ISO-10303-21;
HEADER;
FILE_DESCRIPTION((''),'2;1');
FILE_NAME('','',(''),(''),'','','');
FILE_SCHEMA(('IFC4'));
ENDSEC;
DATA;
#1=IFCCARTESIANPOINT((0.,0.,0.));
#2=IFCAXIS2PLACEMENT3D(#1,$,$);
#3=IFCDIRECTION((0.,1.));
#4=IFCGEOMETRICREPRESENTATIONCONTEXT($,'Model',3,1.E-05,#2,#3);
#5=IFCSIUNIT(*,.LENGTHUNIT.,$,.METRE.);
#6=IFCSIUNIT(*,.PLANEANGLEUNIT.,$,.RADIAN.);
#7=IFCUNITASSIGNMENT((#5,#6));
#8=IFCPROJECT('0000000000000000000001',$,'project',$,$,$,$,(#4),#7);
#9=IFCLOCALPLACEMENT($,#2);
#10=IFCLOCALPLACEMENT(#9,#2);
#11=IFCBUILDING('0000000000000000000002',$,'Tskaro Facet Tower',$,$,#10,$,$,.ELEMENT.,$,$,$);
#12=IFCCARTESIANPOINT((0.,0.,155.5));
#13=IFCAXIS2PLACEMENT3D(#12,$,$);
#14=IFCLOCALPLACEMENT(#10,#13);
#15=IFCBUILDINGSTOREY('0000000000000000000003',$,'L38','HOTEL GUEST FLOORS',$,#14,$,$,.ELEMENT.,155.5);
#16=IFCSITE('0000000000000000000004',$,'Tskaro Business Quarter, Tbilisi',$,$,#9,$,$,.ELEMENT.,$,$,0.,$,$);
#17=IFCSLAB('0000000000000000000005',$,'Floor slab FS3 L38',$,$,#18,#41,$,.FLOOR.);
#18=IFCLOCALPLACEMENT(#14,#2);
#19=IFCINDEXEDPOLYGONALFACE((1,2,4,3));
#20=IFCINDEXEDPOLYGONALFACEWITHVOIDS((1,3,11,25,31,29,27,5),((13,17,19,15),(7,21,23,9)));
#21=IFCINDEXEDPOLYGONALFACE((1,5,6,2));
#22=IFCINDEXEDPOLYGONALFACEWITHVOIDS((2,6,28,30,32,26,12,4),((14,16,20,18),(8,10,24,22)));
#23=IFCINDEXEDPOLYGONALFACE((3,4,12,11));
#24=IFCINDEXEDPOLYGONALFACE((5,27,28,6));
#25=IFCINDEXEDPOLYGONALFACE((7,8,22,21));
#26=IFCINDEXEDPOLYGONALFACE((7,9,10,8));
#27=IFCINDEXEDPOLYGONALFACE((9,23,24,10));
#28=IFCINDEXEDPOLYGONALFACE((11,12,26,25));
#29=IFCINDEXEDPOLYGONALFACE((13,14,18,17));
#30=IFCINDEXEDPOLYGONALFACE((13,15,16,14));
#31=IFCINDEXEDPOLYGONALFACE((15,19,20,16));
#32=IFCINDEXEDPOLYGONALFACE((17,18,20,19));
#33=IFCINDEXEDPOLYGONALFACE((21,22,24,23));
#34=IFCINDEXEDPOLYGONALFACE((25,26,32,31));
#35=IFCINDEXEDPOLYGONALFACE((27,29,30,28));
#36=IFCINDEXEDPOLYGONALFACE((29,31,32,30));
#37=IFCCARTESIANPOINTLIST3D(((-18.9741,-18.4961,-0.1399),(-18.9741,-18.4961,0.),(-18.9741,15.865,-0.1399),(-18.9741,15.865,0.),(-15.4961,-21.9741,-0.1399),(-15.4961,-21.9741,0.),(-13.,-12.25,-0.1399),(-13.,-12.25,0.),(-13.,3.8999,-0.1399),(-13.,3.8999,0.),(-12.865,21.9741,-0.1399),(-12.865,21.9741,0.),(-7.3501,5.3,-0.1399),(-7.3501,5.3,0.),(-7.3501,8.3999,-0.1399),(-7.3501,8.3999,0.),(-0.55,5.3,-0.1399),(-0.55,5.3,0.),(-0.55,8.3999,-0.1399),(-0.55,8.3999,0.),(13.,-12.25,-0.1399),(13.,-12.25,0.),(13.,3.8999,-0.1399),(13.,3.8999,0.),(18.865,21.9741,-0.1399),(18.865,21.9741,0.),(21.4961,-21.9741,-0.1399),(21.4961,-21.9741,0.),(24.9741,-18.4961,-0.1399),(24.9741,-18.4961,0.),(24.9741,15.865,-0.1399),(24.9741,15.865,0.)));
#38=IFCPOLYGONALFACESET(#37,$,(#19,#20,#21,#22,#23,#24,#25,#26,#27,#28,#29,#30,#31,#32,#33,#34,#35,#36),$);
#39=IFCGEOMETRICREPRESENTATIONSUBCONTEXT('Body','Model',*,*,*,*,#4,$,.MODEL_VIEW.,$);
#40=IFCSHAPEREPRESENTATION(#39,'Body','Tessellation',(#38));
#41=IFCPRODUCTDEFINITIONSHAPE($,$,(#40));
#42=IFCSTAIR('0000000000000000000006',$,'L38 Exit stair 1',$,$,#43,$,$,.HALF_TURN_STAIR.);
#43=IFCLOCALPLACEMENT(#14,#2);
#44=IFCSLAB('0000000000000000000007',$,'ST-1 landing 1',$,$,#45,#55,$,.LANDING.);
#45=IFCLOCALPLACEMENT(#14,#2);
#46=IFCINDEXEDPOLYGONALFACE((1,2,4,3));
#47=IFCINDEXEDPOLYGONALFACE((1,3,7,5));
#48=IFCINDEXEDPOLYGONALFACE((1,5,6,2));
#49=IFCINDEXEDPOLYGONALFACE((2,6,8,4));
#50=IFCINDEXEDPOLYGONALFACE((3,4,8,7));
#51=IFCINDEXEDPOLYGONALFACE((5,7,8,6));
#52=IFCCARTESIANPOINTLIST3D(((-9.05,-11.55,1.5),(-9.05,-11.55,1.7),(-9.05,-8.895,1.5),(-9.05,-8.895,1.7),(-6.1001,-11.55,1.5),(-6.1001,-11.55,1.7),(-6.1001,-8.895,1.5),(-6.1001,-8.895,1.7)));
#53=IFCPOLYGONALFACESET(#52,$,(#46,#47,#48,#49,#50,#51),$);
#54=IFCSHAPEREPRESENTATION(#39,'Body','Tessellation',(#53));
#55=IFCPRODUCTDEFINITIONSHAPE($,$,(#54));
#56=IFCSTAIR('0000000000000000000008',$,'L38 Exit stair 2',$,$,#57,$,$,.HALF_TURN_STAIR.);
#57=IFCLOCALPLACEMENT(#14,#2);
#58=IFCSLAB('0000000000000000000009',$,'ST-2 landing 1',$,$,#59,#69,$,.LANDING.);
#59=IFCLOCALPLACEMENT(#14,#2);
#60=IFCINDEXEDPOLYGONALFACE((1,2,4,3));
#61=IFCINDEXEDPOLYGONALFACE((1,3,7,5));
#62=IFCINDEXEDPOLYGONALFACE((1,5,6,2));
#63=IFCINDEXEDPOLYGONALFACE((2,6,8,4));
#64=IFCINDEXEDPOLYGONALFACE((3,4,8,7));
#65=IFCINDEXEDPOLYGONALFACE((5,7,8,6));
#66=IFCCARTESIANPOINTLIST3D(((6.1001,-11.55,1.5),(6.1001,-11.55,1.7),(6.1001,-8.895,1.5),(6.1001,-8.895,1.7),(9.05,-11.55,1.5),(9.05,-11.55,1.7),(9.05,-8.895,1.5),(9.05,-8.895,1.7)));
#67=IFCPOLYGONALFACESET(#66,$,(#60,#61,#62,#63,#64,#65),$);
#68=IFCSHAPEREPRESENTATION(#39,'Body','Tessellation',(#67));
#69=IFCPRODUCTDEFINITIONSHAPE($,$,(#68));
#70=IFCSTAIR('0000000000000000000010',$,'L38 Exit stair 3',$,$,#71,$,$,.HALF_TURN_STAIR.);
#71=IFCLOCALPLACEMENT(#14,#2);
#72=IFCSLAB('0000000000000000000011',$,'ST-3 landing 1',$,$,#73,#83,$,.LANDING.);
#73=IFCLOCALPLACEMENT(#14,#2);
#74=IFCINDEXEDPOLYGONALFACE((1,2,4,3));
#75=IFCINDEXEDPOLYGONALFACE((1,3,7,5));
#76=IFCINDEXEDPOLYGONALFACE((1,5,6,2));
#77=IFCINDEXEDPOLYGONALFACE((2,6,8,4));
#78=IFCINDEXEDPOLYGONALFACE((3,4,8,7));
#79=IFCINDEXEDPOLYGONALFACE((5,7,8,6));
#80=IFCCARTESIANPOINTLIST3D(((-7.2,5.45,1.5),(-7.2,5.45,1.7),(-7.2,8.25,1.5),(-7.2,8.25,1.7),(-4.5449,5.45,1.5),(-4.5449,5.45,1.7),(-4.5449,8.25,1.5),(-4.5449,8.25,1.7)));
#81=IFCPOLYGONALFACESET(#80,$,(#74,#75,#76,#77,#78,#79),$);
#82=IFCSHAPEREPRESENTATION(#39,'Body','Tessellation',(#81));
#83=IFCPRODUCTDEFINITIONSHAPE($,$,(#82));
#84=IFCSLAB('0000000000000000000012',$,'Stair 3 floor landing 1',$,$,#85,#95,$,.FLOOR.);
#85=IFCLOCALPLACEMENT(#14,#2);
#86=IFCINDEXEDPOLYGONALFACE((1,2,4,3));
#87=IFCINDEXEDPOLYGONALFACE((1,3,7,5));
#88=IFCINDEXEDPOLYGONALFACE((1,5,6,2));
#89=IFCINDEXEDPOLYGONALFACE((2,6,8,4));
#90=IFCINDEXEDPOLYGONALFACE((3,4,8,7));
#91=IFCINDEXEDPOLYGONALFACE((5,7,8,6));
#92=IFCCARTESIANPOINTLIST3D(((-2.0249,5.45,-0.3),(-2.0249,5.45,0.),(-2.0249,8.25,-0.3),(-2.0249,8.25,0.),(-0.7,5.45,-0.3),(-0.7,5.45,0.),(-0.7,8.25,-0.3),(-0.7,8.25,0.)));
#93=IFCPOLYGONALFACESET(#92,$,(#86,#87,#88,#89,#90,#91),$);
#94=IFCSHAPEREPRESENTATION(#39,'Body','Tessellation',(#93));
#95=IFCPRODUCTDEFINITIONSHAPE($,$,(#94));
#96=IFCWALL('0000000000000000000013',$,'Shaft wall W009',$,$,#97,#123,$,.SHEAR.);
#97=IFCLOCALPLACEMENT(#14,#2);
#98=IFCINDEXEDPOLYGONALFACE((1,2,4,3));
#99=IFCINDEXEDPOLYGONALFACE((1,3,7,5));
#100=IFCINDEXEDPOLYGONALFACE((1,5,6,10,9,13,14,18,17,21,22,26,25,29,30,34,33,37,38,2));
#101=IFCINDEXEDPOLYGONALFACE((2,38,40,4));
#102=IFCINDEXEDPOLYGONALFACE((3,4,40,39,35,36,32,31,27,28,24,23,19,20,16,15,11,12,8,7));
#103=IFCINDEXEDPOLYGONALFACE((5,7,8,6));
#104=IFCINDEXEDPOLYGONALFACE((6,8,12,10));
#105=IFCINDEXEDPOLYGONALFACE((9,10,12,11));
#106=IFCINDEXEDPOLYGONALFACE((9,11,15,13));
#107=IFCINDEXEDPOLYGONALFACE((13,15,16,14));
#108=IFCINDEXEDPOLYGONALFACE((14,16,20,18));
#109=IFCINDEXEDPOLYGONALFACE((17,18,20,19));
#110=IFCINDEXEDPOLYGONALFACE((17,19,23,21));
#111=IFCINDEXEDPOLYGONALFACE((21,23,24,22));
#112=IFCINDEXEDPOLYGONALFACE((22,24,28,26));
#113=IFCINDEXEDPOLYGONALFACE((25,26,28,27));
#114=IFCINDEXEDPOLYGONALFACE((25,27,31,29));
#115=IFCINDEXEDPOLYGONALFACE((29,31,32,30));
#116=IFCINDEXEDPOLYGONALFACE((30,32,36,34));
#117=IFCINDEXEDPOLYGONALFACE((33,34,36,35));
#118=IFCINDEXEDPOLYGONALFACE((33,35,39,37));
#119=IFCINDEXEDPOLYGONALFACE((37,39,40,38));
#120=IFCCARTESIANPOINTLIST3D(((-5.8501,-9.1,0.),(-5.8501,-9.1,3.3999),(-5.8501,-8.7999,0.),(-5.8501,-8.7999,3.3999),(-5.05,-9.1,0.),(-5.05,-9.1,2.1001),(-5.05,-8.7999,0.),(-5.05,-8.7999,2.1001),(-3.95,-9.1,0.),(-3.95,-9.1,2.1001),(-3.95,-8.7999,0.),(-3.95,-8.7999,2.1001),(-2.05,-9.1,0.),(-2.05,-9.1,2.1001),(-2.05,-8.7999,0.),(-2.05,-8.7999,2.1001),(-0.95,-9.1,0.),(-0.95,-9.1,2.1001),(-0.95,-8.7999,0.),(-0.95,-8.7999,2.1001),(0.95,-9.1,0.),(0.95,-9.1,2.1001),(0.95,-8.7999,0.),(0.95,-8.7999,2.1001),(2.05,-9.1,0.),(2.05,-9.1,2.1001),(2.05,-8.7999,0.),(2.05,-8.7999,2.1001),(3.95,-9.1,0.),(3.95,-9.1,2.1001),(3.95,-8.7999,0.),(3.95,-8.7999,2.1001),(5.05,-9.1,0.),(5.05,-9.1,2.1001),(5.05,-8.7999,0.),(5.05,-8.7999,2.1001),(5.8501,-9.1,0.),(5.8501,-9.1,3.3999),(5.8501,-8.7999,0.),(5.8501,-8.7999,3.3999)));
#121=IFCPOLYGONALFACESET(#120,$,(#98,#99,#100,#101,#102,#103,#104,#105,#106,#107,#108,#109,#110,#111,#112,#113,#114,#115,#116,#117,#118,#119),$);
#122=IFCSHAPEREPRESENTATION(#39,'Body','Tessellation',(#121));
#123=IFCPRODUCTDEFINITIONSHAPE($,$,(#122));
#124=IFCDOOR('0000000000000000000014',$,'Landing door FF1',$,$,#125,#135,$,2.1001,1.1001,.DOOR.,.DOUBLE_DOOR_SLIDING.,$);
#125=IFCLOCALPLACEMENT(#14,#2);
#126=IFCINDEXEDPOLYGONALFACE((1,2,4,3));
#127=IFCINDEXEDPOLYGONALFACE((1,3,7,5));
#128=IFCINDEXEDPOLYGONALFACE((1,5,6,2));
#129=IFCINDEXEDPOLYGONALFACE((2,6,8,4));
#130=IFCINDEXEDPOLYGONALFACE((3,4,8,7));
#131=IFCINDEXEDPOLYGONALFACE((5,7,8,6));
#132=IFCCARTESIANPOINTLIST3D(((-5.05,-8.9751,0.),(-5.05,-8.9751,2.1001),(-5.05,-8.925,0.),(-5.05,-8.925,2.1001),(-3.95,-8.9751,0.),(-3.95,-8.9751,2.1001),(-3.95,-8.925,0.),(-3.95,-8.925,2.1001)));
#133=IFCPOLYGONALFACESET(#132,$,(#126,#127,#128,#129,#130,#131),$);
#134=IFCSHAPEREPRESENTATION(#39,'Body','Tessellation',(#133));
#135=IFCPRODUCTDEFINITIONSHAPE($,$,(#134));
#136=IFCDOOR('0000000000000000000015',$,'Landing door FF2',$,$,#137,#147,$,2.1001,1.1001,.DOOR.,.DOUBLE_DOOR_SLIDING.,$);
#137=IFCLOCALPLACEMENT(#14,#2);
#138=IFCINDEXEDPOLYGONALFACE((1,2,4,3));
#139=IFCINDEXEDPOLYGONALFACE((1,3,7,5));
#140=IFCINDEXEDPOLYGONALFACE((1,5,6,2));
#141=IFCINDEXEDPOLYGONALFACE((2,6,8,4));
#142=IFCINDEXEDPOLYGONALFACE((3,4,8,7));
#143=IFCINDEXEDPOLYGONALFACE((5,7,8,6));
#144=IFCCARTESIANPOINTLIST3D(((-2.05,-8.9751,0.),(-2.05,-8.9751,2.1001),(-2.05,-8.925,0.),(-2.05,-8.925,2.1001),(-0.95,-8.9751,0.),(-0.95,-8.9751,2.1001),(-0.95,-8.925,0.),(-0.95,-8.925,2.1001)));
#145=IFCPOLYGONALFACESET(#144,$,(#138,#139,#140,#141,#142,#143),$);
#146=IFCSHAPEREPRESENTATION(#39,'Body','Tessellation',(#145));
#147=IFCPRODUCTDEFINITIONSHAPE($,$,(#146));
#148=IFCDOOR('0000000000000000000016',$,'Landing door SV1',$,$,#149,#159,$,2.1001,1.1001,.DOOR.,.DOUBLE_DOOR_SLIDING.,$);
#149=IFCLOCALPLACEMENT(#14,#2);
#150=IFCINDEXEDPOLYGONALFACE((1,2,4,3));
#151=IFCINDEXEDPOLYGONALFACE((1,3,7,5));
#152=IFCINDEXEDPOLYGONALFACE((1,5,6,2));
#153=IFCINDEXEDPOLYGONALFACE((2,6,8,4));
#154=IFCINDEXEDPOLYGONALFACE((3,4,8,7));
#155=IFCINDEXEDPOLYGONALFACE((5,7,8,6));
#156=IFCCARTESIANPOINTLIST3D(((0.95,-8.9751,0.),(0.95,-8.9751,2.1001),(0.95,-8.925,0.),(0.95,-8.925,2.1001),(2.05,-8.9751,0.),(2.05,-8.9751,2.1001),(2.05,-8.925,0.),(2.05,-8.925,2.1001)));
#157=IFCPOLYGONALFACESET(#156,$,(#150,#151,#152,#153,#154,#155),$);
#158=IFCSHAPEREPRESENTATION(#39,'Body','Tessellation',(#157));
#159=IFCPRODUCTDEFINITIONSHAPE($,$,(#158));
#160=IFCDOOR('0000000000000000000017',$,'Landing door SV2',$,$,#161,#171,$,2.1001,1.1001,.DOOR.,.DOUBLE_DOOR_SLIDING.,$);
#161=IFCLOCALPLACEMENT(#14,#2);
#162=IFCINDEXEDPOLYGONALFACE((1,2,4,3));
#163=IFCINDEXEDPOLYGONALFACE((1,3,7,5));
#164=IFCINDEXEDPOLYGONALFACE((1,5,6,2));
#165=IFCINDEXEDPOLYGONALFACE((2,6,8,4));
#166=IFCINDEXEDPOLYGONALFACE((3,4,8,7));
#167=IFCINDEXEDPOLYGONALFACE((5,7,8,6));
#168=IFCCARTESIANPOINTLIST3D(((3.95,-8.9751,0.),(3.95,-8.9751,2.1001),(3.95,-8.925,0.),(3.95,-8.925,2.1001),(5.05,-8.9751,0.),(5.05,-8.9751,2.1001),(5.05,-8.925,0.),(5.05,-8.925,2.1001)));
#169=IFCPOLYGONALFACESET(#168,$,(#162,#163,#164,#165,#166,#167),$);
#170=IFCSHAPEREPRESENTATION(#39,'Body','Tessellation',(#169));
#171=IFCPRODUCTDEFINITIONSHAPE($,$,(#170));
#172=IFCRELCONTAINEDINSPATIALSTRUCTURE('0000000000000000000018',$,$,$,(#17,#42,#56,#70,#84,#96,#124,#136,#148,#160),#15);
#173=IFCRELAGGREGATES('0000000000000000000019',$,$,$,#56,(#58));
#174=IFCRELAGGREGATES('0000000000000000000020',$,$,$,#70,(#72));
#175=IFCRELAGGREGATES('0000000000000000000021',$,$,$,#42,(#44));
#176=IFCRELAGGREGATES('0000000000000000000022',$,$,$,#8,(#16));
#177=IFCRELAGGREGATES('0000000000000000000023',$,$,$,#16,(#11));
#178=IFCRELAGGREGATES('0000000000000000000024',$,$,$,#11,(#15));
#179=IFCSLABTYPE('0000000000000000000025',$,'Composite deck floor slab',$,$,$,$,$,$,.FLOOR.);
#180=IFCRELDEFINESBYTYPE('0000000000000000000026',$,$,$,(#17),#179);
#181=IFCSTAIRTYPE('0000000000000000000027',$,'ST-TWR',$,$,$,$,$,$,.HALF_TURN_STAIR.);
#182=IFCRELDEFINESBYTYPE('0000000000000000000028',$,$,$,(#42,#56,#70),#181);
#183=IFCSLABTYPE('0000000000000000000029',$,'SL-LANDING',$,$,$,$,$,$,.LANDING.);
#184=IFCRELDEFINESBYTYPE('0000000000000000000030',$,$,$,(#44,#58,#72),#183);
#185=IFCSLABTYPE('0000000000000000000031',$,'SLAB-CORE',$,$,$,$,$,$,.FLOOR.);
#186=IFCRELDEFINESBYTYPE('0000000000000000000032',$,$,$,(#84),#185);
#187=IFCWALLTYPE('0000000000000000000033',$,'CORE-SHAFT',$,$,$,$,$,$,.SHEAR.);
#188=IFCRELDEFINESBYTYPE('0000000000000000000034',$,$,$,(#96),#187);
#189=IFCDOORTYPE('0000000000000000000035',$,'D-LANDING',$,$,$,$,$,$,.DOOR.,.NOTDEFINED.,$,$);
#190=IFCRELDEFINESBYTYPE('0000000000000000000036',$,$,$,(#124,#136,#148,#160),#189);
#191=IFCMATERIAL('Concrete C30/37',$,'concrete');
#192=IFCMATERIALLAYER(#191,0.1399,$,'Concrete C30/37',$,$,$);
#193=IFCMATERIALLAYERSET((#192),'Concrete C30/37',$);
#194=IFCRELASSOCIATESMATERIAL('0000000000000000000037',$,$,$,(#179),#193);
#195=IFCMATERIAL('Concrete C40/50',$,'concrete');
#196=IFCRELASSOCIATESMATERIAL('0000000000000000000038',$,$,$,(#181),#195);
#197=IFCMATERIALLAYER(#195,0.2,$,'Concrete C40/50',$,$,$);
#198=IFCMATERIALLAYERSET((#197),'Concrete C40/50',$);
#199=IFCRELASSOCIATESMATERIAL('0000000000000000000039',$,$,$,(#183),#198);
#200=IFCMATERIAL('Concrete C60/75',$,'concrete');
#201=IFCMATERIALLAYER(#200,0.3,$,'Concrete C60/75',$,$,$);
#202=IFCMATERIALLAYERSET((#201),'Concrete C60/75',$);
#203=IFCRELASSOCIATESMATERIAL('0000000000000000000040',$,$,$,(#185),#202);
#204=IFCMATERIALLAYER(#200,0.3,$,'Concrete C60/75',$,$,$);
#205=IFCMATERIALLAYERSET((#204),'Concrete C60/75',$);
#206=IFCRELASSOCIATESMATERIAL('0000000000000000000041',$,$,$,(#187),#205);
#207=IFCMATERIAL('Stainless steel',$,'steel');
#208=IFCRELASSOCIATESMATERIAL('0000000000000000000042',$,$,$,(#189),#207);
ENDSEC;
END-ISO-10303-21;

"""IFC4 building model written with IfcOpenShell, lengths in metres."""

from ifc_helpers import new_model, si_unit, direction, frame, frame_2d, origin, place, context, subcontext, project, spatial, polyline, rectangle, outline, extrude, material, layer, layer_set, type_object, element, fill, aggregate, save


model = new_model("IFC4")

# Units and contexts
model_context = context("Model", 3, precision=1e-05, world=origin(), true_north=direction((0.0, 1.0)))
body_context = subcontext(model_context, "Body", "Model", "MODEL_VIEW")
ifc_project = project(units=[si_unit("LENGTHUNIT", "METRE"), si_unit("PLANEANGLEUNIT", "RADIAN")], contexts=[model_context])

# Site, building, storey
site_placement = place(None, origin())
site = spatial("IfcSite", under=ifc_project, at=site_placement, Name="Tskaro Business Quarter, Tbilisi", CompositionType="ELEMENT", RefElevation=0.0)
building_placement = place(site_placement, origin())
building = spatial("IfcBuilding", under=site, at=building_placement, Name="Tskaro Facet Tower", CompositionType="ELEMENT")
storey_placement = place(building_placement, frame((0.0, 0.0, 155.5)))
storey = spatial("IfcBuildingStorey", under=building, at=storey_placement, Name="L38", Description="HOTEL GUEST FLOORS", CompositionType="ELEMENT", Elevation=155.5)

# Slab
ifc_material_1 = material(Name="Concrete C30/37", Category="concrete")
ifc_layer_1 = layer(ifc_material_1, 0.1399, Name="Concrete C30/37")
ifc_layer_set_1 = layer_set([ifc_layer_1], Name="Concrete C30/37")
slab_type_1 = type_object("IfcSlabType", Name="Composite deck floor slab", PredefinedType="FLOOR", material=ifc_layer_set_1)
slab_1_placement = place(storey_placement, frame((0.0, 0.0, -0.1399)))
element("IfcSlab", 1, at=slab_1_placement, inside=storey, type_object=slab_type_1, Name="Floor slab FS3 L38", PredefinedType="FLOOR", context=body_context, shape_type="SweptSolid", body=[
    extrude(outline(polyline([(-15.4961, -21.9741), (21.4961, -21.9741), (24.9741, -18.4961), (24.9741, 15.865), (18.865, 21.9741), (-12.865, 21.9741), (-18.9741, 15.865), (-18.9741, -18.4961), (-15.4961, -21.9741)]), holes=[polyline([(-13.0, -12.25), (13.0, -12.25), (13.0, 3.8999), (-13.0, 3.8999), (-13.0, -12.25)]), polyline([(-7.3501, 5.3), (-0.55, 5.3), (-0.55, 8.3999), (-7.3501, 8.3999), (-7.3501, 5.3)])]), origin(), (0.0, 0.0, 1.0), 0.1399),
])

# Stairs, slabs
ifc_material_2 = material(Name="Concrete C40/50", Category="concrete")
stair_type = type_object("IfcStairType", Name="ST-TWR", PredefinedType="HALF_TURN_STAIR", material=ifc_material_2)
stair_1_placement = place(storey_placement, origin())
stair_1 = element("IfcStair", 2, at=stair_1_placement, inside=storey, type_object=stair_type, Name="L38 Exit stair 1", PredefinedType="HALF_TURN_STAIR")
ifc_layer_2 = layer(ifc_material_2, 0.2, Name="Concrete C40/50")
ifc_layer_set_2 = layer_set([ifc_layer_2], Name="Concrete C40/50")
slab_type_2 = type_object("IfcSlabType", Name="SL-LANDING", PredefinedType="LANDING", material=ifc_layer_set_2)
slab_2_placement = place(storey_placement, frame((0.0, 0.0, 1.5)))
slab_2 = element("IfcSlab", 3, at=slab_2_placement, type_object=slab_type_2, Name="ST-1 landing 1", PredefinedType="LANDING", context=body_context, shape_type="SweptSolid", body=[
    extrude(outline(polyline([(-9.05, -11.55), (-6.1001, -11.55), (-6.1001, -8.895), (-9.05, -8.895), (-9.05, -11.55)])), origin(), (0.0, 0.0, 1.0), 0.2),
])
stair_2_placement = place(storey_placement, origin())
stair_2 = element("IfcStair", 4, at=stair_2_placement, inside=storey, type_object=stair_type, Name="L38 Exit stair 2", PredefinedType="HALF_TURN_STAIR")
slab_3_placement = place(storey_placement, frame((0.0, 0.0, 1.5)))
slab_3 = element("IfcSlab", 5, at=slab_3_placement, type_object=slab_type_2, Name="ST-2 landing 1", PredefinedType="LANDING", context=body_context, shape_type="SweptSolid", body=[
    extrude(outline(polyline([(6.1001, -11.55), (9.05, -11.55), (9.05, -8.895), (6.1001, -8.895), (6.1001, -11.55)])), origin(), (0.0, 0.0, 1.0), 0.2),
])
aggregate(stair_2, [slab_3])
stair_3_placement = place(storey_placement, origin())
stair_3 = element("IfcStair", 6, at=stair_3_placement, inside=storey, type_object=stair_type, Name="L38 Exit stair 3", PredefinedType="HALF_TURN_STAIR")
slab_4_placement = place(storey_placement, frame((0.0, 0.0, 1.5)))
slab_4 = element("IfcSlab", 7, at=slab_4_placement, type_object=slab_type_2, Name="ST-3 landing 1", PredefinedType="LANDING", context=body_context, shape_type="SweptSolid", body=[
    extrude(outline(polyline([(-7.2, 5.45), (-4.5449, 5.45), (-4.5449, 8.25), (-7.2, 8.25), (-7.2, 5.45)])), origin(), (0.0, 0.0, 1.0), 0.2),
])
aggregate(stair_3, [slab_4])

# Slab
ifc_material_3 = material(Name="Concrete C60/75", Category="concrete")
ifc_layer_3 = layer(ifc_material_3, 0.3, Name="Concrete C60/75")
ifc_layer_set_3 = layer_set([ifc_layer_3], Name="Concrete C60/75")
slab_type_3 = type_object("IfcSlabType", Name="SLAB-CORE", PredefinedType="FLOOR", material=ifc_layer_set_3)
slab_5_placement = place(storey_placement, frame((0.0, 0.0, -0.3)))
element("IfcSlab", 8, at=slab_5_placement, inside=storey, type_object=slab_type_3, Name="Stair 3 floor landing 1", PredefinedType="FLOOR", context=body_context, shape_type="SweptSolid", body=[
    extrude(outline(polyline([(-2.0249, 5.45), (-0.7, 5.45), (-0.7, 8.25), (-2.0249, 8.25), (-2.0249, 5.45)])), origin(), (0.0, 0.0, 1.0), 0.3),
])

# Wall, openings, doors
ifc_layer_4 = layer(ifc_material_3, 0.3, Name="Concrete C60/75")
ifc_layer_set_4 = layer_set([ifc_layer_4], Name="Concrete C60/75")
wall_type_1 = type_object("IfcWallType", Name="CORE-SHAFT", PredefinedType="SHEAR", material=ifc_layer_set_4)
wall_1_placement = place(storey_placement, frame((-5.8501, -8.95, 0.0), z_axis=(0.0, 0.0, 1.0), x_axis=(1.0, 0.0, 0.0)))
wall_1 = element("IfcWall", 9, at=wall_1_placement, inside=storey, type_object=wall_type_1, Name="Shaft wall W009", PredefinedType="SHEAR", context=body_context, shape_type="SweptSolid", body=[
    extrude(rectangle(XDim=11.7002, YDim=0.3, at=frame_2d((5.8501, 0.0))), origin(), (0.0, 0.0, 1.0), 3.3999),
])
opening_1_placement = place(wall_1_placement, frame((0.8, 0.0, 0.0)))
opening_1 = element("IfcOpeningElement", 10, at=opening_1_placement, cuts=wall_1, PredefinedType="OPENING", context=body_context, shape_type="SweptSolid", body=[
    extrude(rectangle(XDim=1.1001, YDim=2.1001, at=frame_2d((0.55, 1.05))), frame((0.0, 0.1599, 0.0), z_axis=(0.0, -1.0, 0.0), x_axis=(1.0, 0.0, 0.0)), (0.0, 0.0, 1.0), 0.3201),
])
opening_2_placement = place(wall_1_placement, frame((3.8, 0.0, 0.0)))
opening_2 = element("IfcOpeningElement", 11, at=opening_2_placement, cuts=wall_1, PredefinedType="OPENING", context=body_context, shape_type="SweptSolid", body=[
    extrude(rectangle(XDim=1.1001, YDim=2.1001, at=frame_2d((0.55, 1.05))), frame((0.0, 0.1599, 0.0), z_axis=(0.0, -1.0, 0.0), x_axis=(1.0, 0.0, 0.0)), (0.0, 0.0, 1.0), 0.3201),
])
opening_3_placement = place(wall_1_placement, frame((6.8, 0.0, 0.0)))
opening_3 = element("IfcOpeningElement", 12, at=opening_3_placement, cuts=wall_1, PredefinedType="OPENING", context=body_context, shape_type="SweptSolid", body=[
    extrude(rectangle(XDim=1.1001, YDim=2.1001, at=frame_2d((0.55, 1.05))), frame((0.0, 0.1599, 0.0), z_axis=(0.0, -1.0, 0.0), x_axis=(1.0, 0.0, 0.0)), (0.0, 0.0, 1.0), 0.3201),
])
opening_4_placement = place(wall_1_placement, frame((9.8, 0.0, 0.0)))
opening_4 = element("IfcOpeningElement", 13, at=opening_4_placement, cuts=wall_1, PredefinedType="OPENING", context=body_context, shape_type="SweptSolid", body=[
    extrude(rectangle(XDim=1.1001, YDim=2.1001, at=frame_2d((0.55, 1.05))), frame((0.0, 0.1599, 0.0), z_axis=(0.0, -1.0, 0.0), x_axis=(1.0, 0.0, 0.0)), (0.0, 0.0, 1.0), 0.3201),
])
ifc_material_4 = material(Name="Stainless steel", Category="steel")
door_type_1 = type_object("IfcDoorType", Name="D-LANDING", OperationType="NOTDEFINED", PredefinedType="DOOR", material=ifc_material_4)
door_1_placement = place(opening_1_placement, origin())
door_1 = element("IfcDoor", 14, at=door_1_placement, inside=storey, type_object=door_type_1, Name="Landing door FF1", OperationType="DOUBLE_DOOR_SLIDING", OverallHeight=2.1001, OverallWidth=1.1001, PredefinedType="DOOR", context=body_context, shape_type="SweptSolid", body=[
    extrude(rectangle(XDim=1.1001, YDim=2.1001, at=frame_2d((0.55, 1.05))), frame((0.0, 0.0249, 0.0), z_axis=(0.0, -1.0, 0.0), x_axis=(1.0, 0.0, 0.0)), (0.0, 0.0, 1.0), 0.05),
])
fill(opening_1, door_1)
door_2_placement = place(opening_2_placement, origin())
door_2 = element("IfcDoor", 15, at=door_2_placement, inside=storey, type_object=door_type_1, Name="Landing door FF2", OperationType="DOUBLE_DOOR_SLIDING", OverallHeight=2.1001, OverallWidth=1.1001, PredefinedType="DOOR", context=body_context, shape_type="SweptSolid", body=[
    extrude(rectangle(XDim=1.1001, YDim=2.1001, at=frame_2d((0.55, 1.05))), frame((0.0, 0.0249, 0.0), z_axis=(0.0, -1.0, 0.0), x_axis=(1.0, 0.0, 0.0)), (0.0, 0.0, 1.0), 0.05),
])
fill(opening_2, door_2)
door_3_placement = place(opening_3_placement, origin())
door_3 = element("IfcDoor", 16, at=door_3_placement, inside=storey, type_object=door_type_1, Name="Landing door SV1", OperationType="DOUBLE_DOOR_SLIDING", OverallHeight=2.1001, OverallWidth=1.1001, PredefinedType="DOOR", context=body_context, shape_type="SweptSolid", body=[
    extrude(rectangle(XDim=1.1001, YDim=2.1001, at=frame_2d((0.55, 1.05))), frame((0.0, 0.0249, 0.0), z_axis=(0.0, -1.0, 0.0), x_axis=(1.0, 0.0, 0.0)), (0.0, 0.0, 1.0), 0.05),
])
fill(opening_3, door_3)
door_4_placement = place(opening_4_placement, origin())
door_4 = element("IfcDoor", 17, at=door_4_placement, inside=storey, type_object=door_type_1, Name="Landing door SV2", OperationType="DOUBLE_DOOR_SLIDING", OverallHeight=2.1001, OverallWidth=1.1001, PredefinedType="DOOR", context=body_context, shape_type="SweptSolid", body=[
    extrude(rectangle(XDim=1.1001, YDim=2.1001, at=frame_2d((0.55, 1.05))), frame((0.0, 0.0249, 0.0), z_axis=(0.0, -1.0, 0.0), x_axis=(1.0, 0.0, 0.0)), (0.0, 0.0, 1.0), 0.05),
])
fill(opening_4, door_4)

aggregate(stair_1, [slab_2])

save(model, "model.ifc")
